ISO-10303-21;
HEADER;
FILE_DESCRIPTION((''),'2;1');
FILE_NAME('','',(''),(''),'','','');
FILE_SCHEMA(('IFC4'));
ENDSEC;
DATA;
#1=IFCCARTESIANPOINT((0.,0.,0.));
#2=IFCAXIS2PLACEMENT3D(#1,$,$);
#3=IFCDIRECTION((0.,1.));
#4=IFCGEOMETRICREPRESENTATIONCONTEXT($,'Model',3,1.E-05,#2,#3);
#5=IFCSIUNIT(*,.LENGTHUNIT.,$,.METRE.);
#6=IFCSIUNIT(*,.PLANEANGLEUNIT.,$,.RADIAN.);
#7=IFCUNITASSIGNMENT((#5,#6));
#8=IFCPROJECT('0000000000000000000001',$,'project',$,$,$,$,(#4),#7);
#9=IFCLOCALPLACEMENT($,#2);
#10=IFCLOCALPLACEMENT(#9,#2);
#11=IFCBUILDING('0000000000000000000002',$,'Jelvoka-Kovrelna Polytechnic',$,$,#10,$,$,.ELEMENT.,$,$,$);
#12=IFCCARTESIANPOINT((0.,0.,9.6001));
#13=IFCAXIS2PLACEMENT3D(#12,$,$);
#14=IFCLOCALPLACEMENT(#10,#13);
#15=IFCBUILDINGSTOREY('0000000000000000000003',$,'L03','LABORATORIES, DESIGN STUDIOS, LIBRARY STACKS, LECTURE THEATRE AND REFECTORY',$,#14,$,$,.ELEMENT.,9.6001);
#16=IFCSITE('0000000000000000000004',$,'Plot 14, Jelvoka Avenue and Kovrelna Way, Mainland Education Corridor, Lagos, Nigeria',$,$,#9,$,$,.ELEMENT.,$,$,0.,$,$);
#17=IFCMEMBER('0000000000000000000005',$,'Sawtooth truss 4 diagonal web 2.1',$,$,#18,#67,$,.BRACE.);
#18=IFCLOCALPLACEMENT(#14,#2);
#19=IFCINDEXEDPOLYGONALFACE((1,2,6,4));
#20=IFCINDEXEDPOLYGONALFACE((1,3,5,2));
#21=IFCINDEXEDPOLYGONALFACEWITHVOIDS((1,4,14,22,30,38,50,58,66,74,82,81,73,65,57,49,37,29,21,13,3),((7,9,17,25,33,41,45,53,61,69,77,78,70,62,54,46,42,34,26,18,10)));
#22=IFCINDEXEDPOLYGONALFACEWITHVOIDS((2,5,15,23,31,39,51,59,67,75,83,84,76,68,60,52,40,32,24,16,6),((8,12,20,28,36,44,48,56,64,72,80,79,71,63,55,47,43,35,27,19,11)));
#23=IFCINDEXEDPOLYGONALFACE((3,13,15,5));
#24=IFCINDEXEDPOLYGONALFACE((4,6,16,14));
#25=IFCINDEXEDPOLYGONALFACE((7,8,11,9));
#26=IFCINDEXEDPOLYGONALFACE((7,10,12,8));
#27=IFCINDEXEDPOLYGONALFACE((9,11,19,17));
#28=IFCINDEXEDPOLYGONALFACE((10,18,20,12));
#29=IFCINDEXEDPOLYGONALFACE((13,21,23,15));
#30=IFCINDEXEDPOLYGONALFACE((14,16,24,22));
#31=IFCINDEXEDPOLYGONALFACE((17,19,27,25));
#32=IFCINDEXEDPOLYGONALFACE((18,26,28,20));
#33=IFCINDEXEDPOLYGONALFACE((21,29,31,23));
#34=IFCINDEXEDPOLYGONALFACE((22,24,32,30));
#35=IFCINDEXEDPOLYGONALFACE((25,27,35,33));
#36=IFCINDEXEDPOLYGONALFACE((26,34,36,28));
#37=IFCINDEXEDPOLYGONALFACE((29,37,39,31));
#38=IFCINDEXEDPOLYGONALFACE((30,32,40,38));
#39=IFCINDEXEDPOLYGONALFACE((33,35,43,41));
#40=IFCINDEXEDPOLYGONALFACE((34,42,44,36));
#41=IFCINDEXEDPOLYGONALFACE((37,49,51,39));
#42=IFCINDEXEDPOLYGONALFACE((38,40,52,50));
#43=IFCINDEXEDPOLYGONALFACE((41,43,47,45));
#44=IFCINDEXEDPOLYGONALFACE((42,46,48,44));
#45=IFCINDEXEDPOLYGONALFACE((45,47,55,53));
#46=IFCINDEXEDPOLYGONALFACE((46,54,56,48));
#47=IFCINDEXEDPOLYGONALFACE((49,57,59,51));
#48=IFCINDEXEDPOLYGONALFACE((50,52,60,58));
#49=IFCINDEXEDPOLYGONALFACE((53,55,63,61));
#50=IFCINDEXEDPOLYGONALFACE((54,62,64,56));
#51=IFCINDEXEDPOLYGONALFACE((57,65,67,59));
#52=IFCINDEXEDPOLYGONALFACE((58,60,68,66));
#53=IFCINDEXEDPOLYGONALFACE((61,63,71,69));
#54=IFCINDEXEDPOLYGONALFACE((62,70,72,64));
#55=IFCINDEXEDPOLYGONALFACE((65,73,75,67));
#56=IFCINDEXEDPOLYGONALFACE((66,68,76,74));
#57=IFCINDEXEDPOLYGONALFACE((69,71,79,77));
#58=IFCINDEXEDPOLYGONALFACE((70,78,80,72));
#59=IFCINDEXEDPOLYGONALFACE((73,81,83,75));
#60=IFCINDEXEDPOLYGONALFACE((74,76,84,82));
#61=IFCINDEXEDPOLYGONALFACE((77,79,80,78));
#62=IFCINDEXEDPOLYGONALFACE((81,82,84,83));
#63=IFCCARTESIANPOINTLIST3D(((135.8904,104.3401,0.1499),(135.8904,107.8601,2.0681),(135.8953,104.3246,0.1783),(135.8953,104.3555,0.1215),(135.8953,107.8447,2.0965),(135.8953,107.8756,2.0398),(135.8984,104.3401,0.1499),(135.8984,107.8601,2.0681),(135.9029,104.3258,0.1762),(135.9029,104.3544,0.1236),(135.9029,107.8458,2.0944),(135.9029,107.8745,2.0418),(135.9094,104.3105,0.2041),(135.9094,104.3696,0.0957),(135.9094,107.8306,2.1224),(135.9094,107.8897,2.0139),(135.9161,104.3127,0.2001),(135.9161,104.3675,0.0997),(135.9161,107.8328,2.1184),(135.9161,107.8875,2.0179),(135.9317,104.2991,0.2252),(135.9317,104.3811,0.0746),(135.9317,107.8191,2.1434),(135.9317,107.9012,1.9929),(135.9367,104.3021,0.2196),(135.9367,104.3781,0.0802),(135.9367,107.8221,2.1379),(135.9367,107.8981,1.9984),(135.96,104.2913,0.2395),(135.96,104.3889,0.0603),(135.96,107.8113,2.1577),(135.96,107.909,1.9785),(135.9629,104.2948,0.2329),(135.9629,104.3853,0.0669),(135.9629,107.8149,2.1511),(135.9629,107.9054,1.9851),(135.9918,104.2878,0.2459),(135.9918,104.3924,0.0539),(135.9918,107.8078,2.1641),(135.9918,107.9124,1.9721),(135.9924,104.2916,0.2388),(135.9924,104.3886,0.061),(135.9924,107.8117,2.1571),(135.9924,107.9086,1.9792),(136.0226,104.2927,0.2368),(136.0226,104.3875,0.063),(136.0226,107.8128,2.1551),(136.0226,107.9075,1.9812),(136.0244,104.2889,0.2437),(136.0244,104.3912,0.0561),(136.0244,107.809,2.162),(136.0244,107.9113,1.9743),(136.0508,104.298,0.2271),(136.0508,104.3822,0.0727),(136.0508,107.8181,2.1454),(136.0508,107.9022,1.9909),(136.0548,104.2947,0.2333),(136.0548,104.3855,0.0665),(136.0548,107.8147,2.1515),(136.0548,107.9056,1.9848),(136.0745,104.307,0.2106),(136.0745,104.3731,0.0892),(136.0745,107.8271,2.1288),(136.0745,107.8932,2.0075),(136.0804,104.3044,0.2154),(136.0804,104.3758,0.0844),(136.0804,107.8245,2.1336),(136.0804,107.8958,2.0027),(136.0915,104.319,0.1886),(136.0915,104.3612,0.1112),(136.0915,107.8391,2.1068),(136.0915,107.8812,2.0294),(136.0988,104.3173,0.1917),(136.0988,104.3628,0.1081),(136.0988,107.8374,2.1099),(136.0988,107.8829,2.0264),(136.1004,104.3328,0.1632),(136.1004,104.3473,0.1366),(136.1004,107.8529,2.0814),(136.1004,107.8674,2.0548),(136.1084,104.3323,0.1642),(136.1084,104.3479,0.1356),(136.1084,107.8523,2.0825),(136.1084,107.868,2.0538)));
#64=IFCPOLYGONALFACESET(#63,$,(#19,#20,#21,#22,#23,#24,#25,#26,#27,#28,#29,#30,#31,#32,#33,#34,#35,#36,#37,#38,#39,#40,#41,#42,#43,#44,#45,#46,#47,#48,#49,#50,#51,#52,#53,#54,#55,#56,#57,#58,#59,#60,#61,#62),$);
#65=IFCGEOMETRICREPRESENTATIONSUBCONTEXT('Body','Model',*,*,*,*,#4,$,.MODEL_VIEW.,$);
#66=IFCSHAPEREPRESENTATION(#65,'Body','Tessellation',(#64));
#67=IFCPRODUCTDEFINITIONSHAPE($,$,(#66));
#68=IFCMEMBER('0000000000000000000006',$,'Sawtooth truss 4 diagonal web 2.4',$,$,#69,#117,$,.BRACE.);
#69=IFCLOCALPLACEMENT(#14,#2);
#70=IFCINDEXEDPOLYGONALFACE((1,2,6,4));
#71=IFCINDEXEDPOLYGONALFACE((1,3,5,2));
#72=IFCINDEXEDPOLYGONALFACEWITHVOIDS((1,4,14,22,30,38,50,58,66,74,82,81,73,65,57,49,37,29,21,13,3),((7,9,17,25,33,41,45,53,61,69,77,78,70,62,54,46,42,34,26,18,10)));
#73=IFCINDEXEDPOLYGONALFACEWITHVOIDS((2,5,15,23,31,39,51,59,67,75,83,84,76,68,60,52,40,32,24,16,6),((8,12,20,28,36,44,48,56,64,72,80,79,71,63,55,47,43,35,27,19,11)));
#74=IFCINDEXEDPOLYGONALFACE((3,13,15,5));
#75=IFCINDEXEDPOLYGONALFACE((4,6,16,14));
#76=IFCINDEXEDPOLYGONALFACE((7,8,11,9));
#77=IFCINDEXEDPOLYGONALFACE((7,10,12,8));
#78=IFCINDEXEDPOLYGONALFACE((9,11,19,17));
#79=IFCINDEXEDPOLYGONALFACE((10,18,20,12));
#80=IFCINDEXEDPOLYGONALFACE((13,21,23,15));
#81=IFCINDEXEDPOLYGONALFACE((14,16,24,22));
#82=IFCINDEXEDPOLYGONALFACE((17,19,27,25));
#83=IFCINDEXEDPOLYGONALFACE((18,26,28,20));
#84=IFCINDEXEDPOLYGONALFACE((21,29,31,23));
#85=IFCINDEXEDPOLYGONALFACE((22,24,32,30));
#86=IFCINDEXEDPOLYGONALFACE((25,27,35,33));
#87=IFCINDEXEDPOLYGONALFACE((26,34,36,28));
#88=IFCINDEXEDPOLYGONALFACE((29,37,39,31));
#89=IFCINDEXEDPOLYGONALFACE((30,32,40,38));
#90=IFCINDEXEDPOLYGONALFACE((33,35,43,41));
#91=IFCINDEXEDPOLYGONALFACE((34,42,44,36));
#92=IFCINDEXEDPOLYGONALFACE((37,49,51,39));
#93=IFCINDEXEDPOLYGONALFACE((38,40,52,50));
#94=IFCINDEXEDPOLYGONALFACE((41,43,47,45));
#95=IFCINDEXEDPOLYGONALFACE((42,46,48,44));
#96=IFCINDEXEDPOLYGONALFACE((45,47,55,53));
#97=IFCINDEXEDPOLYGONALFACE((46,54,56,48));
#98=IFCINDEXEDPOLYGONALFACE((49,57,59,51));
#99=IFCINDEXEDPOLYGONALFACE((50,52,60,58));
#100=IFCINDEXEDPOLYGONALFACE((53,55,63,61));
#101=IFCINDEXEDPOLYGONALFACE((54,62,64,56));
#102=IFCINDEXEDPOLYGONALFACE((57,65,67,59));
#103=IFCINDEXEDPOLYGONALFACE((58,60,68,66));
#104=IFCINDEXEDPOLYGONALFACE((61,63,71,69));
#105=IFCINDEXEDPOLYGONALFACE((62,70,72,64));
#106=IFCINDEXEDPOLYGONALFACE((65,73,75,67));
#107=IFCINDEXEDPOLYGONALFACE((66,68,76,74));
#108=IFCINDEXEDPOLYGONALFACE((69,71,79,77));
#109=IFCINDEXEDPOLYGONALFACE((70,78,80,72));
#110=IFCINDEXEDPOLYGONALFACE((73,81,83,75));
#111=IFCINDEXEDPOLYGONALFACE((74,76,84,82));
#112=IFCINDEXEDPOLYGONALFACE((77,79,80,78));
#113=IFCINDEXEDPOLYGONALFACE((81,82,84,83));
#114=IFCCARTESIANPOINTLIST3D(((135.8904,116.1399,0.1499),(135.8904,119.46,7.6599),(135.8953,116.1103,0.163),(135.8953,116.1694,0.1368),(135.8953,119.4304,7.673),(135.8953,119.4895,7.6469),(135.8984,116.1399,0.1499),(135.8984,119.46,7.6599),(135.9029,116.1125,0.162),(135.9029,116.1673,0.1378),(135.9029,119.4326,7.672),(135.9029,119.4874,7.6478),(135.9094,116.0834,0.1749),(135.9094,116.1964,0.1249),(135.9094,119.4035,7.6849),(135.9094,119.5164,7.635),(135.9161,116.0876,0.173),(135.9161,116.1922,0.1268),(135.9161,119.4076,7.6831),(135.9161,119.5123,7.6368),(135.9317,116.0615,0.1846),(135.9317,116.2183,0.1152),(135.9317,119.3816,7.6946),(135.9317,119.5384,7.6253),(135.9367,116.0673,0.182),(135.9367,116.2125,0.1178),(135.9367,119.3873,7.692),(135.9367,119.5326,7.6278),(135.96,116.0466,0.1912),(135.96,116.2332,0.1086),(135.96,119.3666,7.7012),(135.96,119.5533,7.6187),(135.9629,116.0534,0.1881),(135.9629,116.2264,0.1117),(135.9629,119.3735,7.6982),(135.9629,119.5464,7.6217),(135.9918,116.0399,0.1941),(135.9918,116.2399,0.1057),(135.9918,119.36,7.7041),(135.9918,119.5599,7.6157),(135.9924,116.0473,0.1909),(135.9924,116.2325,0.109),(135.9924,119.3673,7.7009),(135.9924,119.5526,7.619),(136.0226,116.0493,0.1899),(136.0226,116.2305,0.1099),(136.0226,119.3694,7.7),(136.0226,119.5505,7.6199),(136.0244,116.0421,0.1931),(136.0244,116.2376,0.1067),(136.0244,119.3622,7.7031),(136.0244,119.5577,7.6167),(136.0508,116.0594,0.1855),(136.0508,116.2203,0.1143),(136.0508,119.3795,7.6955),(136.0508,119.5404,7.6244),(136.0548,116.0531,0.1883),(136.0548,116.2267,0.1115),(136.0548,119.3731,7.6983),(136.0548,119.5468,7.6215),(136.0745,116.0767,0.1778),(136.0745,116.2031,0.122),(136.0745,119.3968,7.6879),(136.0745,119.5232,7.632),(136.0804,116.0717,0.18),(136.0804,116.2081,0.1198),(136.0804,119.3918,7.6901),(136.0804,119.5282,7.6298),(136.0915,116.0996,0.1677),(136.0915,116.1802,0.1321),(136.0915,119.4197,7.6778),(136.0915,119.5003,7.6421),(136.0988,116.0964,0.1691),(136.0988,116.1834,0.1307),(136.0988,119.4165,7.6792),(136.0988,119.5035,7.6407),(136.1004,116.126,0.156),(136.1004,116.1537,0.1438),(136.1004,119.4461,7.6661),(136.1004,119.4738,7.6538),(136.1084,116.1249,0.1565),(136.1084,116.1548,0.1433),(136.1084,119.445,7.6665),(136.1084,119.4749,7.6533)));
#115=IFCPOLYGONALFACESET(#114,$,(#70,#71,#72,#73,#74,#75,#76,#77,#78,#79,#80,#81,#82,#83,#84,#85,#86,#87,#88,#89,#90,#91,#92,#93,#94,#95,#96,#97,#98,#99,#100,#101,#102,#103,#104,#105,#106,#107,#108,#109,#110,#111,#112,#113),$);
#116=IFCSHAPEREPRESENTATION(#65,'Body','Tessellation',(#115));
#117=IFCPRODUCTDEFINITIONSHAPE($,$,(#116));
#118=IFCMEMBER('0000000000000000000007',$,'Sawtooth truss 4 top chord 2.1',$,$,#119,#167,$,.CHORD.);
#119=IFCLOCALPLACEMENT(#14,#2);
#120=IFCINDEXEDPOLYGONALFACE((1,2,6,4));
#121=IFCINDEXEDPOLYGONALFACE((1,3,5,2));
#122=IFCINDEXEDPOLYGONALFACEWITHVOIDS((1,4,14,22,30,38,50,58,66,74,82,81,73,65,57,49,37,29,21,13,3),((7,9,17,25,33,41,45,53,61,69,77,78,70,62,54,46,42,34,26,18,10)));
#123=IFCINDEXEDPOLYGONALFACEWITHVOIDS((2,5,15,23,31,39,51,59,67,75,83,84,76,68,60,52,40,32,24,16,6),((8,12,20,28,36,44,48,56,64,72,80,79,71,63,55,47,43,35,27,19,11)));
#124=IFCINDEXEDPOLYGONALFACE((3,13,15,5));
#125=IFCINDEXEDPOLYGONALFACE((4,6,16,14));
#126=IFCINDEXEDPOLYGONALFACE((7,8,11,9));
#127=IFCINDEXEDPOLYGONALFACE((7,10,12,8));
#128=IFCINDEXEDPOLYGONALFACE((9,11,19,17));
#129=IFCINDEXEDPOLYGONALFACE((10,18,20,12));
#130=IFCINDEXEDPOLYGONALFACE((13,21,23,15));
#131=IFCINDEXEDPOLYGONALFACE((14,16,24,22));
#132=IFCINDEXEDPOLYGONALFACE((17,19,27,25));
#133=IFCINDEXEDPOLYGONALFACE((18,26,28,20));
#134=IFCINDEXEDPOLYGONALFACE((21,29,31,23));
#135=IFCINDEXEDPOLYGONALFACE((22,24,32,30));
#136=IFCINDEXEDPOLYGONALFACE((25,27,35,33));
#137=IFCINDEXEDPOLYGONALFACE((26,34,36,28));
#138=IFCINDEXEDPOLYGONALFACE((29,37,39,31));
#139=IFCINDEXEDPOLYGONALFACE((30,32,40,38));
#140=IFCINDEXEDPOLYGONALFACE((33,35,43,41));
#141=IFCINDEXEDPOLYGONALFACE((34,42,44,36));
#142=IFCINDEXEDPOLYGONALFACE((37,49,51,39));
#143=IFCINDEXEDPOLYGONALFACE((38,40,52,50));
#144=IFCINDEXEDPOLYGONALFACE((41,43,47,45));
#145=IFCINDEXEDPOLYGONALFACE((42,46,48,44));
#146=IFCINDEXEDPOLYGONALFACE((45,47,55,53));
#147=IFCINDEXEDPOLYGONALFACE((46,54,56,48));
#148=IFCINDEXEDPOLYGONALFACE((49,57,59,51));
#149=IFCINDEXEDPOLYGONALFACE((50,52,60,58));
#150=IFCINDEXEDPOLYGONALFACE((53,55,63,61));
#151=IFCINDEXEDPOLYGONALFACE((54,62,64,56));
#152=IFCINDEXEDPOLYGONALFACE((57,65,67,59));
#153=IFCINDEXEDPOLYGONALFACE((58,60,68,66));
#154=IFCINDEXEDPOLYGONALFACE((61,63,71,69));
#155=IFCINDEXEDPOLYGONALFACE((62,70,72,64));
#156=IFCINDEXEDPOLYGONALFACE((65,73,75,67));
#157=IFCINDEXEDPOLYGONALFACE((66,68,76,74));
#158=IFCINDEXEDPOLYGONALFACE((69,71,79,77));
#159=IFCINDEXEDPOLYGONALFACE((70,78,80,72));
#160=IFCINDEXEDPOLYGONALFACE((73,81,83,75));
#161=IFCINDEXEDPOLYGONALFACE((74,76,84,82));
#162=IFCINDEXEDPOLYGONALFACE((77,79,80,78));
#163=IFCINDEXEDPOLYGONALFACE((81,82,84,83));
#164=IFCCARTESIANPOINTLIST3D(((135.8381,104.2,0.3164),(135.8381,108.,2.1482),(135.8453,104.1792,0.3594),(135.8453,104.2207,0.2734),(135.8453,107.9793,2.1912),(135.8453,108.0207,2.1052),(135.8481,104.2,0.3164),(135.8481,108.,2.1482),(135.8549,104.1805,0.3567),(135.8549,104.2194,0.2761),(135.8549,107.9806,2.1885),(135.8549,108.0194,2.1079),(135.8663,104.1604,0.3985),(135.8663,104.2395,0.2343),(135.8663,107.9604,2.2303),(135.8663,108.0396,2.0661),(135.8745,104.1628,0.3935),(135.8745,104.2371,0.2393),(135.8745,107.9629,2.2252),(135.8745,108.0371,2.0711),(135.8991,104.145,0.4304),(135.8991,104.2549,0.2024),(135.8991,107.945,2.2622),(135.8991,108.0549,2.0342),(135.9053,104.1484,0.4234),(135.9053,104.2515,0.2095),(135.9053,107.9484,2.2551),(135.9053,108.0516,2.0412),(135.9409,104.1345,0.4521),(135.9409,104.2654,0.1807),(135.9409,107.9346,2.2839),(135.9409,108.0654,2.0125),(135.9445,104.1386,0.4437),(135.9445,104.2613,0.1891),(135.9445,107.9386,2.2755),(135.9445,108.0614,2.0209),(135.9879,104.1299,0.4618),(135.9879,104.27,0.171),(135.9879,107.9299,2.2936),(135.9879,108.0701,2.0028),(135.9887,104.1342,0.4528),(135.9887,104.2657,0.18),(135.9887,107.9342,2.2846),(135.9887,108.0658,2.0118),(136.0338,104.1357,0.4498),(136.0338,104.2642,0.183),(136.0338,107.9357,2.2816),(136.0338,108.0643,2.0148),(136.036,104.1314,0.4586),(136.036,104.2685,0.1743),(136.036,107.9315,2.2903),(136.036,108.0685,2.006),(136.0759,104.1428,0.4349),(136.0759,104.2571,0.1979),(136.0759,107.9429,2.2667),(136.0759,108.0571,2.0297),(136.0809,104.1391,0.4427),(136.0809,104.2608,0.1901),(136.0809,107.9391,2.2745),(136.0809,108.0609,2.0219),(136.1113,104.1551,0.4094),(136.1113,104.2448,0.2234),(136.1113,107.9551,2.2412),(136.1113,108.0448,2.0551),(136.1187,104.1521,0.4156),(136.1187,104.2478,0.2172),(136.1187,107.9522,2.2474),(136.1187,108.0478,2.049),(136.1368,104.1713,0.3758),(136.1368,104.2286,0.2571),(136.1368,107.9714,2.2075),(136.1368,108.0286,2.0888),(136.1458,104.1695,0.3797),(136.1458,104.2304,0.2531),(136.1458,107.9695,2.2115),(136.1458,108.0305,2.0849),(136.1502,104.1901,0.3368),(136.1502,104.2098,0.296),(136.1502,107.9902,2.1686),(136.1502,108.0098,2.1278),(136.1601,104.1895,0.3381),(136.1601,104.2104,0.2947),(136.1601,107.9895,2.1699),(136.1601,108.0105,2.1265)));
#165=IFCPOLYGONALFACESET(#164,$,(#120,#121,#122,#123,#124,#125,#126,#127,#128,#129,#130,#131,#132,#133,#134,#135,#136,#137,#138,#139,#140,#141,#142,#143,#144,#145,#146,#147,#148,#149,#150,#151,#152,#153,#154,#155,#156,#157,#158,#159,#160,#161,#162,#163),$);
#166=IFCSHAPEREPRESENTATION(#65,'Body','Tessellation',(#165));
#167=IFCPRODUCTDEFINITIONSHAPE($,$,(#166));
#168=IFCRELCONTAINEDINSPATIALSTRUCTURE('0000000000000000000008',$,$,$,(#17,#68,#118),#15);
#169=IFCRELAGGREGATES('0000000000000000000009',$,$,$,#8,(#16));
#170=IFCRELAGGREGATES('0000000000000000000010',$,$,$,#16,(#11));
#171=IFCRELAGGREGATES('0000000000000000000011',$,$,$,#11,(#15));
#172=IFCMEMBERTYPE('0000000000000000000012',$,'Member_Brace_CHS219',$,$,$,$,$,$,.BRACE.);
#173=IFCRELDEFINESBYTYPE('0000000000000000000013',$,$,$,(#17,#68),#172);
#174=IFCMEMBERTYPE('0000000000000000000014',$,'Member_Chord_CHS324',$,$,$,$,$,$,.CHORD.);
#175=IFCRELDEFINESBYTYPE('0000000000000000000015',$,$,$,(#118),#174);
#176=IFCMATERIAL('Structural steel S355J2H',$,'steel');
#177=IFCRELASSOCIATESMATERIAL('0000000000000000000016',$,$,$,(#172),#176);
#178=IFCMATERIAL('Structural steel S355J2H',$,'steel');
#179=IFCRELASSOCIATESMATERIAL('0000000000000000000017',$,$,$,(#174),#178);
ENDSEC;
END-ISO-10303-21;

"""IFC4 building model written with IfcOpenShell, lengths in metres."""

from ifc_helpers import new_model, si_unit, direction, frame, origin, origin_2d, place, context, subcontext, project, spatial, hollow_circle, extrude, material, material_profile, profile_set, type_object, element, save


model = new_model("IFC4")

# Units and contexts
model_context = context("Model", 3, precision=1e-05, world=origin(), true_north=direction((0.0, 1.0)))
body_context = subcontext(model_context, "Body", "Model", "MODEL_VIEW")
ifc_project = project(units=[si_unit("LENGTHUNIT", "METRE"), si_unit("PLANEANGLEUNIT", "RADIAN")], contexts=[model_context])

# Site, building, storey
site_placement = place(None, origin())
site = spatial("IfcSite", under=ifc_project, at=site_placement, Name="Plot 14, Jelvoka Avenue and Kovrelna Way, Mainland Education Corridor, Lagos, Nigeria", CompositionType="ELEMENT", RefElevation=0.0)
building_placement = place(site_placement, origin())
building = spatial("IfcBuilding", under=site, at=building_placement, Name="Jelvoka-Kovrelna Polytechnic", CompositionType="ELEMENT")
storey_placement = place(building_placement, frame((0.0, 0.0, 9.6001)))
storey = spatial("IfcBuildingStorey", under=building, at=storey_placement, Name="L03", Description="LABORATORIES, DESIGN STUDIOS, LIBRARY STACKS, LECTURE THEATRE AND REFECTORY", CompositionType="ELEMENT", Elevation=9.6001)

# Members
ifc_material_1 = material(Name="Structural steel S355J2H", Category="steel")
ifc_material_profile_1 = material_profile(ifc_material_1, hollow_circle(Radius=0.1096, WallThickness=0.0081, at=origin_2d()), Name="219.1x8.0 CHS")
ifc_profile_set_1 = profile_set([ifc_material_profile_1], Name="Structural steel S355J2H")
member_type_1 = type_object("IfcMemberType", Name="Member_Brace_CHS219", PredefinedType="BRACE", material=ifc_profile_set_1)
member_1_placement = place(storey_placement, frame((136.0, 104.3401, 0.1499), z_axis=(0.0, 0.878084, 0.478506), x_axis=(-1.0, 0.0, 0.0)))
element("IfcMember", 1, at=member_1_placement, inside=storey, type_object=member_type_1, Name="Sawtooth truss 4 diagonal web 2.1", PredefinedType="BRACE", context=body_context, shape_type="SweptSolid", body=[
    extrude(hollow_circle(Radius=0.1096, WallThickness=0.0081, at=origin_2d()), origin(), (0.0, 0.0, 1.0), 4.0088),
])
member_2_placement = place(storey_placement, frame((136.0, 116.1399, 0.1499), z_axis=(0.0, 0.404336, 0.91461), x_axis=(-1.0, 0.0, 0.0)))
element("IfcMember", 2, at=member_2_placement, inside=storey, type_object=member_type_1, Name="Sawtooth truss 4 diagonal web 2.4", PredefinedType="BRACE", context=body_context, shape_type="SweptSolid", body=[
    extrude(hollow_circle(Radius=0.1096, WallThickness=0.0081, at=origin_2d()), origin(), (0.0, 0.0, 1.0), 8.2112),
])
ifc_material_2 = material(Name="Structural steel S355J2H", Category="steel")
ifc_material_profile_2 = material_profile(ifc_material_2, hollow_circle(Radius=0.1619, WallThickness=0.01, at=origin_2d()), Name="323.9x10.0 CHS")
ifc_profile_set_2 = profile_set([ifc_material_profile_2], Name="Structural steel S355J2H")
member_type_2 = type_object("IfcMemberType", Name="Member_Chord_CHS324", PredefinedType="CHORD", material=ifc_profile_set_2)
member_3_placement = place(storey_placement, frame((136.0, 104.2, 0.3164), z_axis=(0.0, 0.900804, 0.434226), x_axis=(-1.0, 0.0, 0.0)))
element("IfcMember", 3, at=member_3_placement, inside=storey, type_object=member_type_2, Name="Sawtooth truss 4 top chord 2.1", PredefinedType="CHORD", context=body_context, shape_type="SweptSolid", body=[
    extrude(hollow_circle(Radius=0.1619, WallThickness=0.01, at=origin_2d()), origin(), (0.0, 0.0, 1.0), 4.2185),
])

save(model, "model.ifc")
